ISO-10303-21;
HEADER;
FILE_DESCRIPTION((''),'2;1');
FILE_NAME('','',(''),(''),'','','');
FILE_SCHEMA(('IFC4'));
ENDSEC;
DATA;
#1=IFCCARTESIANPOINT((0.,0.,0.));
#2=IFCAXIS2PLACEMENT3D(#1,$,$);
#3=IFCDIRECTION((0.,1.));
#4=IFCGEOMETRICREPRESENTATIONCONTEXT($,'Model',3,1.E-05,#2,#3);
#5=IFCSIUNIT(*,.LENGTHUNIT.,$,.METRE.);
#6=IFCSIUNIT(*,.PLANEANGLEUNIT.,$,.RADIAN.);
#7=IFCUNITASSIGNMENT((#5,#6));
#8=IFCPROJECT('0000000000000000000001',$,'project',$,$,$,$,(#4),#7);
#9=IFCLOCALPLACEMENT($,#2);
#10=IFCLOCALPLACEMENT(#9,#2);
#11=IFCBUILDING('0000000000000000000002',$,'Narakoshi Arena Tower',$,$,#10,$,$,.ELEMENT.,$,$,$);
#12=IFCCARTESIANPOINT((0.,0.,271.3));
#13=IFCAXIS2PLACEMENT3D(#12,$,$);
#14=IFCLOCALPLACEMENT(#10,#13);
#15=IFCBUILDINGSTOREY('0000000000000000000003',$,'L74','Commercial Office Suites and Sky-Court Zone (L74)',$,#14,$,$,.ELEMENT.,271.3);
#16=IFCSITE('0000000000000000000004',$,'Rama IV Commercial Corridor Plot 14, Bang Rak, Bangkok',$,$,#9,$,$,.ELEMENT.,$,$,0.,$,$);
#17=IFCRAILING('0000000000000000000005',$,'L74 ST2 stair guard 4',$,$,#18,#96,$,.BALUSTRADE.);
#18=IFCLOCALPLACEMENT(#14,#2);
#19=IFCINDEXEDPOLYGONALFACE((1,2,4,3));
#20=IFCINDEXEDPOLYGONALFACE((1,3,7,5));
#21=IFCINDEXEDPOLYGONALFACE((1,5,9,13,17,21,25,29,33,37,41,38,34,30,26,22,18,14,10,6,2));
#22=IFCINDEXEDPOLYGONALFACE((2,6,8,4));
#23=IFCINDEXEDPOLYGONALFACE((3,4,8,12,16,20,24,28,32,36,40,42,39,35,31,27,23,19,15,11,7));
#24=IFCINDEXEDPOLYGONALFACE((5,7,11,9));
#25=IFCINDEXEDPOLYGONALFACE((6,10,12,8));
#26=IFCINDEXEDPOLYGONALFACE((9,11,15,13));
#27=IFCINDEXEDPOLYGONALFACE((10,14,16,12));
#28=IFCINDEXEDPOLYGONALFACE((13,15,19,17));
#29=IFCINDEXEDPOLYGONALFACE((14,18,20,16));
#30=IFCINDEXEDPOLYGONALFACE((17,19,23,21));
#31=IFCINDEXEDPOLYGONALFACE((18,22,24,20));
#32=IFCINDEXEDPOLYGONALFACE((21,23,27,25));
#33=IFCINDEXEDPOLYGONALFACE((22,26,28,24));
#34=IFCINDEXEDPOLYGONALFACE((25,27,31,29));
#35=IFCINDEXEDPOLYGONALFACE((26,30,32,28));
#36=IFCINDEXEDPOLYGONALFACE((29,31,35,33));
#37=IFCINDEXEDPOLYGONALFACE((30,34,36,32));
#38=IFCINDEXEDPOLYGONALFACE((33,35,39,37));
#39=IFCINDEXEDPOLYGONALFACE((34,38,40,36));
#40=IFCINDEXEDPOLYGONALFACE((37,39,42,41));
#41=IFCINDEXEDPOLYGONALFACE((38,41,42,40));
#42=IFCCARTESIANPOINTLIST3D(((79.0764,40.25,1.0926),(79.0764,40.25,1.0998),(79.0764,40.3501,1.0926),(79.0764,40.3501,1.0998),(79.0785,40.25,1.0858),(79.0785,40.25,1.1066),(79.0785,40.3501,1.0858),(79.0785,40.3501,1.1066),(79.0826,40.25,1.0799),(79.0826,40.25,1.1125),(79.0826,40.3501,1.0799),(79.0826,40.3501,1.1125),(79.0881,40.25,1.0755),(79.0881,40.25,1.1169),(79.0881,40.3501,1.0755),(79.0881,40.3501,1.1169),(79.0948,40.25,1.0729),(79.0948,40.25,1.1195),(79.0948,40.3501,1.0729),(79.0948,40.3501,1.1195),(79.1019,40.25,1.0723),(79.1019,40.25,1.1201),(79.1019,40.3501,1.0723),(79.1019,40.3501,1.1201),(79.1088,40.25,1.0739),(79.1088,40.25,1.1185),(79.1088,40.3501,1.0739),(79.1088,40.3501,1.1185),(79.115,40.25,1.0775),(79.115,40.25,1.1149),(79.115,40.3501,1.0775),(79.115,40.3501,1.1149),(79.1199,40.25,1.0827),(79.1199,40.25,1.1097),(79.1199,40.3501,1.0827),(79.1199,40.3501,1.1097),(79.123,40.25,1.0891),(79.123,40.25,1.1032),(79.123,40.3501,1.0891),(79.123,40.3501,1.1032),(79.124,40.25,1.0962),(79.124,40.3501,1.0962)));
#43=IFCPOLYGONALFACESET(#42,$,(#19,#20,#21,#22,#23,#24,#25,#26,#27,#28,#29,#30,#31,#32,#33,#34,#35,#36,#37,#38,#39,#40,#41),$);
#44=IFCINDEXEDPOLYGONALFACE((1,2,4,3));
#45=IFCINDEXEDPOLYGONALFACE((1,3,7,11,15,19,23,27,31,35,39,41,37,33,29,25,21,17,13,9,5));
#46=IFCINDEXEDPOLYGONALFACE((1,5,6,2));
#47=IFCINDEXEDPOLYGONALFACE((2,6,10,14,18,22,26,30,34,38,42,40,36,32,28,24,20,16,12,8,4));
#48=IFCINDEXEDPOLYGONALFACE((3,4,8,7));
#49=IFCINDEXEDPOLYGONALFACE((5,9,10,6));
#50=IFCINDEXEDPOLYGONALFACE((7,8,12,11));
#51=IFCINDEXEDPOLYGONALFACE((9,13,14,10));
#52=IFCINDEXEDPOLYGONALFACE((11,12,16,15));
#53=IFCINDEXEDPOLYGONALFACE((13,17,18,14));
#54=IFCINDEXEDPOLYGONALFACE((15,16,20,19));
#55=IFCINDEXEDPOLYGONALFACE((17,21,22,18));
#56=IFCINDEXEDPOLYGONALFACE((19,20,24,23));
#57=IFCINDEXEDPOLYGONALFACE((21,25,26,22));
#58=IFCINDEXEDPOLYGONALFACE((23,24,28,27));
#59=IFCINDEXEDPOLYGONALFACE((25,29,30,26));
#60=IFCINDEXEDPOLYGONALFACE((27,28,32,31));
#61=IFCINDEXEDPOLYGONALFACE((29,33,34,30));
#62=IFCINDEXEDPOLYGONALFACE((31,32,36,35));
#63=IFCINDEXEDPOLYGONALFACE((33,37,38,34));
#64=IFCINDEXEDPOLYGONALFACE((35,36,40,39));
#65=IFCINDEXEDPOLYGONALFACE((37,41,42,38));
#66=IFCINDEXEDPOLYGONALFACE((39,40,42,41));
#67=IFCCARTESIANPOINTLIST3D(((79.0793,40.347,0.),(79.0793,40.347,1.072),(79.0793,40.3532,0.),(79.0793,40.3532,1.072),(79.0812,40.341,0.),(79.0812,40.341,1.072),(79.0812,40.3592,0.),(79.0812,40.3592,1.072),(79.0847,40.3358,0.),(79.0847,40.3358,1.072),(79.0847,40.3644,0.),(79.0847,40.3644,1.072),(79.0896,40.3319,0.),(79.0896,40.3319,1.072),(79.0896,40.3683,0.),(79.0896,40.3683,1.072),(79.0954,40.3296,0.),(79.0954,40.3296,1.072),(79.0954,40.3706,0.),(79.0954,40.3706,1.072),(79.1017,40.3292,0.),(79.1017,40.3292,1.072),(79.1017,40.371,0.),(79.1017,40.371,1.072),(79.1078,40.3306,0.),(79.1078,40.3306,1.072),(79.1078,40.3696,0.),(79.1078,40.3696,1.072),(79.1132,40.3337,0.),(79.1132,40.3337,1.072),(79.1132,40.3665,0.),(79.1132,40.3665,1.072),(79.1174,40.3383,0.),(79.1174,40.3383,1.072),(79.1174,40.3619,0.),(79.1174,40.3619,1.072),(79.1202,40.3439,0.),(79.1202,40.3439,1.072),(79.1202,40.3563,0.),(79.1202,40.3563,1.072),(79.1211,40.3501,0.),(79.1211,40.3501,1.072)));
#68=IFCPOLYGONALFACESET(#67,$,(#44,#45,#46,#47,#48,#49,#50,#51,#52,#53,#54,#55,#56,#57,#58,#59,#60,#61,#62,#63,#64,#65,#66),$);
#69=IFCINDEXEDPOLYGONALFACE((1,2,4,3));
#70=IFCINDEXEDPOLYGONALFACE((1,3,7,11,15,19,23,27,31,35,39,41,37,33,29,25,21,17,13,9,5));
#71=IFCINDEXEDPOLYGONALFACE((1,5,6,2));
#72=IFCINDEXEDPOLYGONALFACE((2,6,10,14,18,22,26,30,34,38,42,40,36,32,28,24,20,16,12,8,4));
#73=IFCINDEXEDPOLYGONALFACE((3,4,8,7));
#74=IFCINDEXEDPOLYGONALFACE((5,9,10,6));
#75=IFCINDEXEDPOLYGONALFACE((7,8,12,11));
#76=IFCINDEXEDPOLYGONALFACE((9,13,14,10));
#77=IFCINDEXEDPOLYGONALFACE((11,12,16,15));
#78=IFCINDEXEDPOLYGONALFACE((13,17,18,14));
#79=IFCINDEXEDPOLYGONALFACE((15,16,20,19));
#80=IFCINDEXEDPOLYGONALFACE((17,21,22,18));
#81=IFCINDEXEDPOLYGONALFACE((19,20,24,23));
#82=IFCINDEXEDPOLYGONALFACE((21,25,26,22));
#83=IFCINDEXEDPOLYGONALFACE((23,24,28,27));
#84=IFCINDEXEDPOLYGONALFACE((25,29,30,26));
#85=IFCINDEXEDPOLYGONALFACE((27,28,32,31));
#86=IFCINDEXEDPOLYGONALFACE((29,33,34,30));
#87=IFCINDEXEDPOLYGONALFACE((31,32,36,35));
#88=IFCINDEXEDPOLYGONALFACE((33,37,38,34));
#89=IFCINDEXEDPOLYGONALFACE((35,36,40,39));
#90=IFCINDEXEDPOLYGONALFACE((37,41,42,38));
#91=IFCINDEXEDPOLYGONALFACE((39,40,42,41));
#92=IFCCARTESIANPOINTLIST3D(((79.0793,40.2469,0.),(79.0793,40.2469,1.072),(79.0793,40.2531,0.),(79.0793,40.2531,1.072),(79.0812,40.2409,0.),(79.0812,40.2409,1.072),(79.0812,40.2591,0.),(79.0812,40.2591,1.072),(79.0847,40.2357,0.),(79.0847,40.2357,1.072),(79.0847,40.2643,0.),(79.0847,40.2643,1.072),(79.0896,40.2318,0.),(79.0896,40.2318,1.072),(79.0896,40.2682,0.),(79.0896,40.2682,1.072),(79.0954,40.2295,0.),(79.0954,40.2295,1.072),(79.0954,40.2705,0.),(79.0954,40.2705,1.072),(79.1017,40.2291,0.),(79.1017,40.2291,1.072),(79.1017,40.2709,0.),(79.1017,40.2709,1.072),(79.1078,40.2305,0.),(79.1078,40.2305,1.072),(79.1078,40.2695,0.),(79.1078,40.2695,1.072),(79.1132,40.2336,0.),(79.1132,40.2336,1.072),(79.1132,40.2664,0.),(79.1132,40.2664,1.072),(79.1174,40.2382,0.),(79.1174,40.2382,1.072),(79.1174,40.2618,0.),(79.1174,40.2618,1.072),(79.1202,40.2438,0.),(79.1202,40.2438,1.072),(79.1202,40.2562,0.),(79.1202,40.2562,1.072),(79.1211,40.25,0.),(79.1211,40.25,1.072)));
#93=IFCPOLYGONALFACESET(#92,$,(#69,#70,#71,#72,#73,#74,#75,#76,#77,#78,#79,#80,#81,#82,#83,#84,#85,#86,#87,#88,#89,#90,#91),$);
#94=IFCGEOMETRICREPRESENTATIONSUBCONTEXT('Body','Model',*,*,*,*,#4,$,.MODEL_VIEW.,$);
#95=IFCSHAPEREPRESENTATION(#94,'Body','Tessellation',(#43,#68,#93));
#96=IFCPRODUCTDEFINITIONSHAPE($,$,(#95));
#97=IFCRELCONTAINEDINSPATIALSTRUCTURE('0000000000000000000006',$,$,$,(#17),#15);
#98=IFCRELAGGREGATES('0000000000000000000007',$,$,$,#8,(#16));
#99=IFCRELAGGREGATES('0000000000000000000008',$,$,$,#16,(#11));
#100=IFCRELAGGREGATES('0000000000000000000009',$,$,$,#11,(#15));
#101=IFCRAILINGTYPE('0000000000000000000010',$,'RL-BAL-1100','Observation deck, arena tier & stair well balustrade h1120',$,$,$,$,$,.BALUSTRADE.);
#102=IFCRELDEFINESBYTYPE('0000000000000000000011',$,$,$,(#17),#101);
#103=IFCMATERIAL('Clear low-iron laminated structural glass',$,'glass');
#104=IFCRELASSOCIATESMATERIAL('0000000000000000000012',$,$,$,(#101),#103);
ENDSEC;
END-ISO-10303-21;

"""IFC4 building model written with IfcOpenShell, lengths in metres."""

from ifc_helpers import new_model, si_unit, direction, frame, origin, origin_2d, place, context, subcontext, project, spatial, circle, extrude, material, type_object, element, save


model = new_model("IFC4")

# Units and contexts
model_context = context("Model", 3, precision=1e-05, world=origin(), true_north=direction((0.0, 1.0)))
body_context = subcontext(model_context, "Body", "Model", "MODEL_VIEW")
ifc_project = project(units=[si_unit("LENGTHUNIT", "METRE"), si_unit("PLANEANGLEUNIT", "RADIAN")], contexts=[model_context])

# Site, building, storey
site_placement = place(None, origin())
site = spatial("IfcSite", under=ifc_project, at=site_placement, Name="Rama IV Commercial Corridor Plot 14, Bang Rak, Bangkok", CompositionType="ELEMENT", RefElevation=0.0)
building_placement = place(site_placement, origin())
building = spatial("IfcBuilding", under=site, at=building_placement, Name="Narakoshi Arena Tower", CompositionType="ELEMENT")
storey_placement = place(building_placement, frame((0.0, 0.0, 271.3)))
storey = spatial("IfcBuildingStorey", under=building, at=storey_placement, Name="L74", Description="Commercial Office Suites and Sky-Court Zone (L74)", CompositionType="ELEMENT", Elevation=271.3)

# Railing
ifc_material_1 = material(Name="Clear low-iron laminated structural glass", Category="glass")
railing_type_1 = type_object("IfcRailingType", Name="RL-BAL-1100", Description="Observation deck, arena tier & stair well balustrade h1120", PredefinedType="BALUSTRADE", material=ifc_material_1)
railing_1_placement = place(storey_placement, frame((79.1001, 40.3501, 0.0)))
element("IfcRailing", 1, at=railing_1_placement, inside=storey, type_object=railing_type_1, Name="L74 ST2 stair guard 4", PredefinedType="BALUSTRADE", context=body_context, shape_type="SweptSolid", body=[
    extrude(circle(Radius=0.0239, at=origin_2d()), frame((0.0, 0.0, 1.0962), z_axis=(0.0, -1.0, 0.0), x_axis=(1.0, 0.0, 0.0)), (0.0, 0.0, 1.0), 0.1001),
    extrude(circle(Radius=0.021, at=origin_2d()), origin(), (0.0, 0.0, 1.0), 1.072),
    extrude(circle(Radius=0.021, at=origin_2d()), frame((0.0, -0.1001, 0.0)), (0.0, 0.0, 1.0), 1.072),
])

save(model, "model.ifc")
